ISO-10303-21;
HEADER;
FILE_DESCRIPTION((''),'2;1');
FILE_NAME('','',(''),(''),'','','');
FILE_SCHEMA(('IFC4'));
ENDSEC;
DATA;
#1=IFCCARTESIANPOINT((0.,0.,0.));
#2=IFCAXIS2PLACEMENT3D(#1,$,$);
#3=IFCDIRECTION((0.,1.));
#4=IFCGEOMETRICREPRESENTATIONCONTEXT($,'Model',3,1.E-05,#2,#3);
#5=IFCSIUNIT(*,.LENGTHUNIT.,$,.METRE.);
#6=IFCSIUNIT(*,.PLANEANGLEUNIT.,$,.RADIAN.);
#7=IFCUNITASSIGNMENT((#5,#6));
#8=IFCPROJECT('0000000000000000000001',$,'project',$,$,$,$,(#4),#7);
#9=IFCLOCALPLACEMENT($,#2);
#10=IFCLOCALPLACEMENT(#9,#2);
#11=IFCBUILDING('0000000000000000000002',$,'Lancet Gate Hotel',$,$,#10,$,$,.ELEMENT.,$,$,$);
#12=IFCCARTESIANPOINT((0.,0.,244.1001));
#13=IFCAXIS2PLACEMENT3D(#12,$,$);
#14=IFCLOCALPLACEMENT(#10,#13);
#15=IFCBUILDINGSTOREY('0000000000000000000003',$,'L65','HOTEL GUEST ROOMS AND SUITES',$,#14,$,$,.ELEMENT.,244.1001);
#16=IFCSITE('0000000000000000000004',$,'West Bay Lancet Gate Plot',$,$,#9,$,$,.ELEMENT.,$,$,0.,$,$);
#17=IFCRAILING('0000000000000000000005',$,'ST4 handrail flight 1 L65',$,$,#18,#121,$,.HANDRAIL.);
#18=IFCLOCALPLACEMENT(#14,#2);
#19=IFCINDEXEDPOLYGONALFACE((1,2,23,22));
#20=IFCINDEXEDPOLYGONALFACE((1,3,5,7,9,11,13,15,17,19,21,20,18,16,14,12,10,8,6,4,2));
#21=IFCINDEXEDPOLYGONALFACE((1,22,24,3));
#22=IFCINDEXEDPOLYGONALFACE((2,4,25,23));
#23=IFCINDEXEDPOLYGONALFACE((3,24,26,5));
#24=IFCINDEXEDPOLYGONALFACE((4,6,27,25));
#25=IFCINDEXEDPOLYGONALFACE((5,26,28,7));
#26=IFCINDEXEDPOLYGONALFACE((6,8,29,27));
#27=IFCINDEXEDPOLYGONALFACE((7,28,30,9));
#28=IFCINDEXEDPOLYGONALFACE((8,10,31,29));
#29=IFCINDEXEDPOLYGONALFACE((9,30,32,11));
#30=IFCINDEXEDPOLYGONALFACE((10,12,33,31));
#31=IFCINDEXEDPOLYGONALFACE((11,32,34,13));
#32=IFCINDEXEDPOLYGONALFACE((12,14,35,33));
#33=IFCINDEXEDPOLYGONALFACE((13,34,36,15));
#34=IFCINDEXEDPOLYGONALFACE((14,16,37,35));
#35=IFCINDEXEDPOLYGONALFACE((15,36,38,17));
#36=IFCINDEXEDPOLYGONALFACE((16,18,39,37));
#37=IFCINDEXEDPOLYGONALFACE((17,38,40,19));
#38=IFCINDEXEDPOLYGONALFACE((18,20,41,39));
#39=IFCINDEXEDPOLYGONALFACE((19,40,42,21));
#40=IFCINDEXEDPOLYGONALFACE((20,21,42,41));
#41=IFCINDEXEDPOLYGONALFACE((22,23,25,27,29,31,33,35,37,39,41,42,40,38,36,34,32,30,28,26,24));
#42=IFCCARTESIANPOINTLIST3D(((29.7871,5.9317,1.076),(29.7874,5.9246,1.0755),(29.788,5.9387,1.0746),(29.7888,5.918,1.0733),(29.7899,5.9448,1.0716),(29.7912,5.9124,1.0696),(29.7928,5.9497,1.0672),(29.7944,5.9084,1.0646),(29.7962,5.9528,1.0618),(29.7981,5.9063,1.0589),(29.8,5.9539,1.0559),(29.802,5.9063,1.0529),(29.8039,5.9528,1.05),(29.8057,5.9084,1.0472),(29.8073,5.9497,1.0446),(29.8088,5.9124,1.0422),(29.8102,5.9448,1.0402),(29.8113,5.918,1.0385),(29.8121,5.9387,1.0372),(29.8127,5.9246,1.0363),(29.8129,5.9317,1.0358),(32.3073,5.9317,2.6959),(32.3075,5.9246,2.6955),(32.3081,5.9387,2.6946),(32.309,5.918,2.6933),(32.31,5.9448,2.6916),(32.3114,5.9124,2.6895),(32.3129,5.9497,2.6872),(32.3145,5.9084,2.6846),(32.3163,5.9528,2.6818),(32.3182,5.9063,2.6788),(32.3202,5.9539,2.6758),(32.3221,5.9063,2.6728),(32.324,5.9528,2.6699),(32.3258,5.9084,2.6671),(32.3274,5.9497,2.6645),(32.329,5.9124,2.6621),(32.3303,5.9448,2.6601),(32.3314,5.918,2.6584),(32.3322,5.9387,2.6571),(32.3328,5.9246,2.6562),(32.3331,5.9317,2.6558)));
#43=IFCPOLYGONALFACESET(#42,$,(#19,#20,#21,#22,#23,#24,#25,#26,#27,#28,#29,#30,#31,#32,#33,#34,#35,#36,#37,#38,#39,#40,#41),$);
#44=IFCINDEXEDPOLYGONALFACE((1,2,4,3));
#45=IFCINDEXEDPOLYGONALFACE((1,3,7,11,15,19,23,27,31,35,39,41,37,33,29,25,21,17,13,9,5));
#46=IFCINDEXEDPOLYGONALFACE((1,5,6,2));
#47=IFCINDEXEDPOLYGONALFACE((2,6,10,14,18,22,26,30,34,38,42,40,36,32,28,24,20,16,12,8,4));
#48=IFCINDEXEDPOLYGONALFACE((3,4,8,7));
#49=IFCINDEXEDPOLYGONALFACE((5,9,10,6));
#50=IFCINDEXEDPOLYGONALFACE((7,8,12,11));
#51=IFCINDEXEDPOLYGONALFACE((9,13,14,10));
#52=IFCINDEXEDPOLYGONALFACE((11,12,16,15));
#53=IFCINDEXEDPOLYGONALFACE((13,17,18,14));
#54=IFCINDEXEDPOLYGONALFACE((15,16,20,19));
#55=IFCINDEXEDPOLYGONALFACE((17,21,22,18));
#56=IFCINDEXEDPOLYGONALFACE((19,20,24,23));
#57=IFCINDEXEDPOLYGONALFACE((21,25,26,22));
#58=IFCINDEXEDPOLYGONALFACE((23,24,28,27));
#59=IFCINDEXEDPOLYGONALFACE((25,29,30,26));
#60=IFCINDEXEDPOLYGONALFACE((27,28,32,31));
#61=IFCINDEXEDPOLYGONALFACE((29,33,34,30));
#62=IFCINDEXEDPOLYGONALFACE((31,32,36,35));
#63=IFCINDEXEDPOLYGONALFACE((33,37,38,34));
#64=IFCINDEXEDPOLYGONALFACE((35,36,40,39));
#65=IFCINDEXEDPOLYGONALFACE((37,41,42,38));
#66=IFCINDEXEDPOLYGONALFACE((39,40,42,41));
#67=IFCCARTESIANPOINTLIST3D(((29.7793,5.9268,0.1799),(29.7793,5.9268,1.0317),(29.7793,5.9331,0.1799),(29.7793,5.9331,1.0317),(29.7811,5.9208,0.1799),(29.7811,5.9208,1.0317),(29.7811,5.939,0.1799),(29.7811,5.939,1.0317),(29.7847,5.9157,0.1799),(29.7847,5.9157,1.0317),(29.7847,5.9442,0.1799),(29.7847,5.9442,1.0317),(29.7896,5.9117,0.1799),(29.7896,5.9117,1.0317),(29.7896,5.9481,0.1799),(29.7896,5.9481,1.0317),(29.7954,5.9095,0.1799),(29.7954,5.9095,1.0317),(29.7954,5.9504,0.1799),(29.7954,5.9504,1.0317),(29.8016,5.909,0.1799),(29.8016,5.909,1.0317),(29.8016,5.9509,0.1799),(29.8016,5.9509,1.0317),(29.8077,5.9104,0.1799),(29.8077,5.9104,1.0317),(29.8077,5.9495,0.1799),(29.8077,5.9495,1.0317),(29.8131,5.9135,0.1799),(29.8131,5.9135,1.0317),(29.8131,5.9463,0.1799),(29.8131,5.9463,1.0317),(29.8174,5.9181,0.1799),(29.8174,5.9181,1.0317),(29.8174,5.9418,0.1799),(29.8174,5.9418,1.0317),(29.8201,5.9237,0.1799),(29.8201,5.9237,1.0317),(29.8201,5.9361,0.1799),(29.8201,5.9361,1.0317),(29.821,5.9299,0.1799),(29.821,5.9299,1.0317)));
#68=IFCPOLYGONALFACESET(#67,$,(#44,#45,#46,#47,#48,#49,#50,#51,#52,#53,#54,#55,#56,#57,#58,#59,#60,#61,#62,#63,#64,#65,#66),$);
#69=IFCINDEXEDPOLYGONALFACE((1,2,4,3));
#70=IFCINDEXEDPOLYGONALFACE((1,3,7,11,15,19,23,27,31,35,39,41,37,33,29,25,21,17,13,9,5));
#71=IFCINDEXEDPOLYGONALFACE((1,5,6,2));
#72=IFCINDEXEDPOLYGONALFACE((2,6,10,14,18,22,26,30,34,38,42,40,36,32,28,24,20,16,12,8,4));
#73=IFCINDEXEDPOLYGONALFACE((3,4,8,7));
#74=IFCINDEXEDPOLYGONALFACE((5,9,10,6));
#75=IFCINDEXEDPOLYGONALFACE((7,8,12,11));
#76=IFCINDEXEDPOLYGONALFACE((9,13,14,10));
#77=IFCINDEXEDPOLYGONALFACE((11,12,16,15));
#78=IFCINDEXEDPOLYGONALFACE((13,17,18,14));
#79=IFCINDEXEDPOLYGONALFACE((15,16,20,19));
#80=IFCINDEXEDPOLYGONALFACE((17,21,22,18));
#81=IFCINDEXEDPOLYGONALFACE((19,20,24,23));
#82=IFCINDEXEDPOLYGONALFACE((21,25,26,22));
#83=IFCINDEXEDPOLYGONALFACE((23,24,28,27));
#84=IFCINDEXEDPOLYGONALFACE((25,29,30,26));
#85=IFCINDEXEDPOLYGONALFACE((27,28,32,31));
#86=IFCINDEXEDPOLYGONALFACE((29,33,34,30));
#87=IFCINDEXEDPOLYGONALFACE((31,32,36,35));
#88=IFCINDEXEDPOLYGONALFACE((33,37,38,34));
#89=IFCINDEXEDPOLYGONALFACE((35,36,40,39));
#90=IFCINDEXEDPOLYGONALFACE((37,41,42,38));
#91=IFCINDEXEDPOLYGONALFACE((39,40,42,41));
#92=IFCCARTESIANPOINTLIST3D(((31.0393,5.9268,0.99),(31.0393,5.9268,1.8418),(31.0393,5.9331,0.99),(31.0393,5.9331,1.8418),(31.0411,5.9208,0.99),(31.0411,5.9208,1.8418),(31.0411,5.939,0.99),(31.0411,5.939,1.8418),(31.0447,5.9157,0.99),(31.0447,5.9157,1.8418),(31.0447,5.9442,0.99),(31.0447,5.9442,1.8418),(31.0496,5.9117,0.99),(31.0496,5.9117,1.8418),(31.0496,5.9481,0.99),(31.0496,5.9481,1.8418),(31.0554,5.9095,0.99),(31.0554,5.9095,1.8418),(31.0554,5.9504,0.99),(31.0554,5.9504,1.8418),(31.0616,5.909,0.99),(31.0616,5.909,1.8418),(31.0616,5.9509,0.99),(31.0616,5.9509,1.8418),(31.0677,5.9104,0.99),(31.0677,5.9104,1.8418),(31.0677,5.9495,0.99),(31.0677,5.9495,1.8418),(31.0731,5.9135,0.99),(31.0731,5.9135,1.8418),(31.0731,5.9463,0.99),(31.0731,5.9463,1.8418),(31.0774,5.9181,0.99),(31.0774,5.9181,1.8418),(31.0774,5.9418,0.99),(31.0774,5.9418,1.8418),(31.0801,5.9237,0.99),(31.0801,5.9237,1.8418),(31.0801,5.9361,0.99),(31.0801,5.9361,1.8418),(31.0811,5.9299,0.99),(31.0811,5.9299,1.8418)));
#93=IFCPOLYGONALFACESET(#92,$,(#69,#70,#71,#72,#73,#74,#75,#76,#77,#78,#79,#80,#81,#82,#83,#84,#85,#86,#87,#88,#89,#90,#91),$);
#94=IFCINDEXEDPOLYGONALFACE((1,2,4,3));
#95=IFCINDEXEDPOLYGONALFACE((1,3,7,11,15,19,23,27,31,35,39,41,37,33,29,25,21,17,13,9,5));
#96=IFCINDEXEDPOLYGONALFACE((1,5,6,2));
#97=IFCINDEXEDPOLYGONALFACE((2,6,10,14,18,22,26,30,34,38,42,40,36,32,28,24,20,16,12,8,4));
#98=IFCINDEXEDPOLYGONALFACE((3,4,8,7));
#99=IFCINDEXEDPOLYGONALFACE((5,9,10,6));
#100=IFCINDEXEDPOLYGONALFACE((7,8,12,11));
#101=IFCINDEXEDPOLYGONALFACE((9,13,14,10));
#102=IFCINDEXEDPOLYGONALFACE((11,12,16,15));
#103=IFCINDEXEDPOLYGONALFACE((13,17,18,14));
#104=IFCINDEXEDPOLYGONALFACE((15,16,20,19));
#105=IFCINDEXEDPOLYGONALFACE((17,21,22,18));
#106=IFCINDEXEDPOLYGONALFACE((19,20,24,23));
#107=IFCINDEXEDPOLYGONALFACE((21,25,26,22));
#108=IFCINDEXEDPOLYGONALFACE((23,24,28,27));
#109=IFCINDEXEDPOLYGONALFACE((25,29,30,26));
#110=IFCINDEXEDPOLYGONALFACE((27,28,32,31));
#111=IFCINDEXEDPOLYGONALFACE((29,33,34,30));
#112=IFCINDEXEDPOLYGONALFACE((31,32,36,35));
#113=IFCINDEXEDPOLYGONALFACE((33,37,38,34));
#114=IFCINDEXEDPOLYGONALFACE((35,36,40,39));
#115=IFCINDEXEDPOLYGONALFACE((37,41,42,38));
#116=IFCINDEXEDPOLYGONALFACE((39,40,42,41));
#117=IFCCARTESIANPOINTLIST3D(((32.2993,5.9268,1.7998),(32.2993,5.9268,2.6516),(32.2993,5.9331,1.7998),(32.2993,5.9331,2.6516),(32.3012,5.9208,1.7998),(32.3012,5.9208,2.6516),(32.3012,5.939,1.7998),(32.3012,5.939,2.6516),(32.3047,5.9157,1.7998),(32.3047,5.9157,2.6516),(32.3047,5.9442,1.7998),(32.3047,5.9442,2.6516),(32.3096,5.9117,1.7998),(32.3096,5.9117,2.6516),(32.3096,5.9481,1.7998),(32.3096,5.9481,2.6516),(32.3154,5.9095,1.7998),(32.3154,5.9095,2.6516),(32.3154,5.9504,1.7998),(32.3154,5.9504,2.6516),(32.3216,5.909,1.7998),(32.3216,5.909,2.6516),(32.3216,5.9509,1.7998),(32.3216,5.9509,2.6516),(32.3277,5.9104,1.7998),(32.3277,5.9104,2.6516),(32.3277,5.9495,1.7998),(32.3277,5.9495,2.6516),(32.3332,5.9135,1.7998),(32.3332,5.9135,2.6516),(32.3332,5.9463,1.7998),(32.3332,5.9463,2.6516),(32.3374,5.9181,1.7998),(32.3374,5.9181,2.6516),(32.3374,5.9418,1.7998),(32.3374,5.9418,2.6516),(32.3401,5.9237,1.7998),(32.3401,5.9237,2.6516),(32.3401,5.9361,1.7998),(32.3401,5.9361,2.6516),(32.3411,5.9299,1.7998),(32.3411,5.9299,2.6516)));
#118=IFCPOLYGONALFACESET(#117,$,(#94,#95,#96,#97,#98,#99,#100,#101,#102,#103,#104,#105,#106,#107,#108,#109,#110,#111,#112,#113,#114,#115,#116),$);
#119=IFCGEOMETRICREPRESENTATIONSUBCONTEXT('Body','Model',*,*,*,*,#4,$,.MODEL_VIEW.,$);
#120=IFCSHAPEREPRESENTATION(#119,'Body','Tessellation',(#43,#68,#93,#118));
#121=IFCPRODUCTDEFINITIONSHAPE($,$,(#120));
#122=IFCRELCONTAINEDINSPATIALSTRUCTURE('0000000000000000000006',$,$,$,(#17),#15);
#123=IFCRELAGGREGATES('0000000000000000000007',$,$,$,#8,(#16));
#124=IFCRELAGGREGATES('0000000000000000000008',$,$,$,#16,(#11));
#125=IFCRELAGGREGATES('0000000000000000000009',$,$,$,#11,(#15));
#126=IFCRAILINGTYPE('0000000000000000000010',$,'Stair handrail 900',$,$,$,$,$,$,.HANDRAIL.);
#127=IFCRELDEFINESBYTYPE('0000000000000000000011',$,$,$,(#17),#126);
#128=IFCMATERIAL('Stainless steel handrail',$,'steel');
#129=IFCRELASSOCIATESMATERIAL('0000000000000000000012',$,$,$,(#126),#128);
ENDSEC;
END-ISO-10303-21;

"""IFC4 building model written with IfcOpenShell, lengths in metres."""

from ifc_helpers import new_model, si_unit, direction, frame, origin, origin_2d, place, context, subcontext, project, spatial, circle, extrude, material, type_object, element, save


model = new_model("IFC4")

# Units and contexts
model_context = context("Model", 3, precision=1e-05, world=origin(), true_north=direction((0.0, 1.0)))
body_context = subcontext(model_context, "Body", "Model", "MODEL_VIEW")
ifc_project = project(units=[si_unit("LENGTHUNIT", "METRE"), si_unit("PLANEANGLEUNIT", "RADIAN")], contexts=[model_context])

# Site, building, storey
site_placement = place(None, origin())
site = spatial("IfcSite", under=ifc_project, at=site_placement, Name="West Bay Lancet Gate Plot", CompositionType="ELEMENT", RefElevation=0.0)
building_placement = place(site_placement, origin())
building = spatial("IfcBuilding", under=site, at=building_placement, Name="Lancet Gate Hotel", CompositionType="ELEMENT")
storey_placement = place(building_placement, frame((0.0, 0.0, 244.1001)))
storey = spatial("IfcBuildingStorey", under=building, at=storey_placement, Name="L65", Description="HOTEL GUEST ROOMS AND SUITES", CompositionType="ELEMENT", Elevation=244.1001)

# Railing
ifc_material_1 = material(Name="Stainless steel handrail", Category="steel")
railing_type = type_object("IfcRailingType", Name="Stair handrail 900", PredefinedType="HANDRAIL", material=ifc_material_1)
railing_1_placement = place(storey_placement, frame((29.8, 5.9299, 0.1799)))
element("IfcRailing", 1, at=railing_1_placement, inside=storey, type_object=railing_type, Name="ST4 handrail flight 1 L65", PredefinedType="HANDRAIL", context=body_context, shape_type="SweptSolid", body=[
    extrude(circle(Radius=0.0239, at=origin_2d()), frame((0.0, 0.0, 0.876), z_axis=(0.8412, 0.0, 0.540725), x_axis=(0.0, 1.0, 0.0)), (0.0, 0.0, 1.0), 2.9958),
    extrude(circle(Radius=0.021, at=origin_2d()), origin(), (0.0, 0.0, 1.0), 0.8518),
    extrude(circle(Radius=0.021, at=origin_2d()), frame((1.26, 0.0, 0.8101)), (0.0, 0.0, 1.0), 0.8518),
    extrude(circle(Radius=0.021, at=origin_2d()), frame((2.52, 0.0, 1.6199)), (0.0, 0.0, 1.0), 0.8518),
])

save(model, "model.ifc")
